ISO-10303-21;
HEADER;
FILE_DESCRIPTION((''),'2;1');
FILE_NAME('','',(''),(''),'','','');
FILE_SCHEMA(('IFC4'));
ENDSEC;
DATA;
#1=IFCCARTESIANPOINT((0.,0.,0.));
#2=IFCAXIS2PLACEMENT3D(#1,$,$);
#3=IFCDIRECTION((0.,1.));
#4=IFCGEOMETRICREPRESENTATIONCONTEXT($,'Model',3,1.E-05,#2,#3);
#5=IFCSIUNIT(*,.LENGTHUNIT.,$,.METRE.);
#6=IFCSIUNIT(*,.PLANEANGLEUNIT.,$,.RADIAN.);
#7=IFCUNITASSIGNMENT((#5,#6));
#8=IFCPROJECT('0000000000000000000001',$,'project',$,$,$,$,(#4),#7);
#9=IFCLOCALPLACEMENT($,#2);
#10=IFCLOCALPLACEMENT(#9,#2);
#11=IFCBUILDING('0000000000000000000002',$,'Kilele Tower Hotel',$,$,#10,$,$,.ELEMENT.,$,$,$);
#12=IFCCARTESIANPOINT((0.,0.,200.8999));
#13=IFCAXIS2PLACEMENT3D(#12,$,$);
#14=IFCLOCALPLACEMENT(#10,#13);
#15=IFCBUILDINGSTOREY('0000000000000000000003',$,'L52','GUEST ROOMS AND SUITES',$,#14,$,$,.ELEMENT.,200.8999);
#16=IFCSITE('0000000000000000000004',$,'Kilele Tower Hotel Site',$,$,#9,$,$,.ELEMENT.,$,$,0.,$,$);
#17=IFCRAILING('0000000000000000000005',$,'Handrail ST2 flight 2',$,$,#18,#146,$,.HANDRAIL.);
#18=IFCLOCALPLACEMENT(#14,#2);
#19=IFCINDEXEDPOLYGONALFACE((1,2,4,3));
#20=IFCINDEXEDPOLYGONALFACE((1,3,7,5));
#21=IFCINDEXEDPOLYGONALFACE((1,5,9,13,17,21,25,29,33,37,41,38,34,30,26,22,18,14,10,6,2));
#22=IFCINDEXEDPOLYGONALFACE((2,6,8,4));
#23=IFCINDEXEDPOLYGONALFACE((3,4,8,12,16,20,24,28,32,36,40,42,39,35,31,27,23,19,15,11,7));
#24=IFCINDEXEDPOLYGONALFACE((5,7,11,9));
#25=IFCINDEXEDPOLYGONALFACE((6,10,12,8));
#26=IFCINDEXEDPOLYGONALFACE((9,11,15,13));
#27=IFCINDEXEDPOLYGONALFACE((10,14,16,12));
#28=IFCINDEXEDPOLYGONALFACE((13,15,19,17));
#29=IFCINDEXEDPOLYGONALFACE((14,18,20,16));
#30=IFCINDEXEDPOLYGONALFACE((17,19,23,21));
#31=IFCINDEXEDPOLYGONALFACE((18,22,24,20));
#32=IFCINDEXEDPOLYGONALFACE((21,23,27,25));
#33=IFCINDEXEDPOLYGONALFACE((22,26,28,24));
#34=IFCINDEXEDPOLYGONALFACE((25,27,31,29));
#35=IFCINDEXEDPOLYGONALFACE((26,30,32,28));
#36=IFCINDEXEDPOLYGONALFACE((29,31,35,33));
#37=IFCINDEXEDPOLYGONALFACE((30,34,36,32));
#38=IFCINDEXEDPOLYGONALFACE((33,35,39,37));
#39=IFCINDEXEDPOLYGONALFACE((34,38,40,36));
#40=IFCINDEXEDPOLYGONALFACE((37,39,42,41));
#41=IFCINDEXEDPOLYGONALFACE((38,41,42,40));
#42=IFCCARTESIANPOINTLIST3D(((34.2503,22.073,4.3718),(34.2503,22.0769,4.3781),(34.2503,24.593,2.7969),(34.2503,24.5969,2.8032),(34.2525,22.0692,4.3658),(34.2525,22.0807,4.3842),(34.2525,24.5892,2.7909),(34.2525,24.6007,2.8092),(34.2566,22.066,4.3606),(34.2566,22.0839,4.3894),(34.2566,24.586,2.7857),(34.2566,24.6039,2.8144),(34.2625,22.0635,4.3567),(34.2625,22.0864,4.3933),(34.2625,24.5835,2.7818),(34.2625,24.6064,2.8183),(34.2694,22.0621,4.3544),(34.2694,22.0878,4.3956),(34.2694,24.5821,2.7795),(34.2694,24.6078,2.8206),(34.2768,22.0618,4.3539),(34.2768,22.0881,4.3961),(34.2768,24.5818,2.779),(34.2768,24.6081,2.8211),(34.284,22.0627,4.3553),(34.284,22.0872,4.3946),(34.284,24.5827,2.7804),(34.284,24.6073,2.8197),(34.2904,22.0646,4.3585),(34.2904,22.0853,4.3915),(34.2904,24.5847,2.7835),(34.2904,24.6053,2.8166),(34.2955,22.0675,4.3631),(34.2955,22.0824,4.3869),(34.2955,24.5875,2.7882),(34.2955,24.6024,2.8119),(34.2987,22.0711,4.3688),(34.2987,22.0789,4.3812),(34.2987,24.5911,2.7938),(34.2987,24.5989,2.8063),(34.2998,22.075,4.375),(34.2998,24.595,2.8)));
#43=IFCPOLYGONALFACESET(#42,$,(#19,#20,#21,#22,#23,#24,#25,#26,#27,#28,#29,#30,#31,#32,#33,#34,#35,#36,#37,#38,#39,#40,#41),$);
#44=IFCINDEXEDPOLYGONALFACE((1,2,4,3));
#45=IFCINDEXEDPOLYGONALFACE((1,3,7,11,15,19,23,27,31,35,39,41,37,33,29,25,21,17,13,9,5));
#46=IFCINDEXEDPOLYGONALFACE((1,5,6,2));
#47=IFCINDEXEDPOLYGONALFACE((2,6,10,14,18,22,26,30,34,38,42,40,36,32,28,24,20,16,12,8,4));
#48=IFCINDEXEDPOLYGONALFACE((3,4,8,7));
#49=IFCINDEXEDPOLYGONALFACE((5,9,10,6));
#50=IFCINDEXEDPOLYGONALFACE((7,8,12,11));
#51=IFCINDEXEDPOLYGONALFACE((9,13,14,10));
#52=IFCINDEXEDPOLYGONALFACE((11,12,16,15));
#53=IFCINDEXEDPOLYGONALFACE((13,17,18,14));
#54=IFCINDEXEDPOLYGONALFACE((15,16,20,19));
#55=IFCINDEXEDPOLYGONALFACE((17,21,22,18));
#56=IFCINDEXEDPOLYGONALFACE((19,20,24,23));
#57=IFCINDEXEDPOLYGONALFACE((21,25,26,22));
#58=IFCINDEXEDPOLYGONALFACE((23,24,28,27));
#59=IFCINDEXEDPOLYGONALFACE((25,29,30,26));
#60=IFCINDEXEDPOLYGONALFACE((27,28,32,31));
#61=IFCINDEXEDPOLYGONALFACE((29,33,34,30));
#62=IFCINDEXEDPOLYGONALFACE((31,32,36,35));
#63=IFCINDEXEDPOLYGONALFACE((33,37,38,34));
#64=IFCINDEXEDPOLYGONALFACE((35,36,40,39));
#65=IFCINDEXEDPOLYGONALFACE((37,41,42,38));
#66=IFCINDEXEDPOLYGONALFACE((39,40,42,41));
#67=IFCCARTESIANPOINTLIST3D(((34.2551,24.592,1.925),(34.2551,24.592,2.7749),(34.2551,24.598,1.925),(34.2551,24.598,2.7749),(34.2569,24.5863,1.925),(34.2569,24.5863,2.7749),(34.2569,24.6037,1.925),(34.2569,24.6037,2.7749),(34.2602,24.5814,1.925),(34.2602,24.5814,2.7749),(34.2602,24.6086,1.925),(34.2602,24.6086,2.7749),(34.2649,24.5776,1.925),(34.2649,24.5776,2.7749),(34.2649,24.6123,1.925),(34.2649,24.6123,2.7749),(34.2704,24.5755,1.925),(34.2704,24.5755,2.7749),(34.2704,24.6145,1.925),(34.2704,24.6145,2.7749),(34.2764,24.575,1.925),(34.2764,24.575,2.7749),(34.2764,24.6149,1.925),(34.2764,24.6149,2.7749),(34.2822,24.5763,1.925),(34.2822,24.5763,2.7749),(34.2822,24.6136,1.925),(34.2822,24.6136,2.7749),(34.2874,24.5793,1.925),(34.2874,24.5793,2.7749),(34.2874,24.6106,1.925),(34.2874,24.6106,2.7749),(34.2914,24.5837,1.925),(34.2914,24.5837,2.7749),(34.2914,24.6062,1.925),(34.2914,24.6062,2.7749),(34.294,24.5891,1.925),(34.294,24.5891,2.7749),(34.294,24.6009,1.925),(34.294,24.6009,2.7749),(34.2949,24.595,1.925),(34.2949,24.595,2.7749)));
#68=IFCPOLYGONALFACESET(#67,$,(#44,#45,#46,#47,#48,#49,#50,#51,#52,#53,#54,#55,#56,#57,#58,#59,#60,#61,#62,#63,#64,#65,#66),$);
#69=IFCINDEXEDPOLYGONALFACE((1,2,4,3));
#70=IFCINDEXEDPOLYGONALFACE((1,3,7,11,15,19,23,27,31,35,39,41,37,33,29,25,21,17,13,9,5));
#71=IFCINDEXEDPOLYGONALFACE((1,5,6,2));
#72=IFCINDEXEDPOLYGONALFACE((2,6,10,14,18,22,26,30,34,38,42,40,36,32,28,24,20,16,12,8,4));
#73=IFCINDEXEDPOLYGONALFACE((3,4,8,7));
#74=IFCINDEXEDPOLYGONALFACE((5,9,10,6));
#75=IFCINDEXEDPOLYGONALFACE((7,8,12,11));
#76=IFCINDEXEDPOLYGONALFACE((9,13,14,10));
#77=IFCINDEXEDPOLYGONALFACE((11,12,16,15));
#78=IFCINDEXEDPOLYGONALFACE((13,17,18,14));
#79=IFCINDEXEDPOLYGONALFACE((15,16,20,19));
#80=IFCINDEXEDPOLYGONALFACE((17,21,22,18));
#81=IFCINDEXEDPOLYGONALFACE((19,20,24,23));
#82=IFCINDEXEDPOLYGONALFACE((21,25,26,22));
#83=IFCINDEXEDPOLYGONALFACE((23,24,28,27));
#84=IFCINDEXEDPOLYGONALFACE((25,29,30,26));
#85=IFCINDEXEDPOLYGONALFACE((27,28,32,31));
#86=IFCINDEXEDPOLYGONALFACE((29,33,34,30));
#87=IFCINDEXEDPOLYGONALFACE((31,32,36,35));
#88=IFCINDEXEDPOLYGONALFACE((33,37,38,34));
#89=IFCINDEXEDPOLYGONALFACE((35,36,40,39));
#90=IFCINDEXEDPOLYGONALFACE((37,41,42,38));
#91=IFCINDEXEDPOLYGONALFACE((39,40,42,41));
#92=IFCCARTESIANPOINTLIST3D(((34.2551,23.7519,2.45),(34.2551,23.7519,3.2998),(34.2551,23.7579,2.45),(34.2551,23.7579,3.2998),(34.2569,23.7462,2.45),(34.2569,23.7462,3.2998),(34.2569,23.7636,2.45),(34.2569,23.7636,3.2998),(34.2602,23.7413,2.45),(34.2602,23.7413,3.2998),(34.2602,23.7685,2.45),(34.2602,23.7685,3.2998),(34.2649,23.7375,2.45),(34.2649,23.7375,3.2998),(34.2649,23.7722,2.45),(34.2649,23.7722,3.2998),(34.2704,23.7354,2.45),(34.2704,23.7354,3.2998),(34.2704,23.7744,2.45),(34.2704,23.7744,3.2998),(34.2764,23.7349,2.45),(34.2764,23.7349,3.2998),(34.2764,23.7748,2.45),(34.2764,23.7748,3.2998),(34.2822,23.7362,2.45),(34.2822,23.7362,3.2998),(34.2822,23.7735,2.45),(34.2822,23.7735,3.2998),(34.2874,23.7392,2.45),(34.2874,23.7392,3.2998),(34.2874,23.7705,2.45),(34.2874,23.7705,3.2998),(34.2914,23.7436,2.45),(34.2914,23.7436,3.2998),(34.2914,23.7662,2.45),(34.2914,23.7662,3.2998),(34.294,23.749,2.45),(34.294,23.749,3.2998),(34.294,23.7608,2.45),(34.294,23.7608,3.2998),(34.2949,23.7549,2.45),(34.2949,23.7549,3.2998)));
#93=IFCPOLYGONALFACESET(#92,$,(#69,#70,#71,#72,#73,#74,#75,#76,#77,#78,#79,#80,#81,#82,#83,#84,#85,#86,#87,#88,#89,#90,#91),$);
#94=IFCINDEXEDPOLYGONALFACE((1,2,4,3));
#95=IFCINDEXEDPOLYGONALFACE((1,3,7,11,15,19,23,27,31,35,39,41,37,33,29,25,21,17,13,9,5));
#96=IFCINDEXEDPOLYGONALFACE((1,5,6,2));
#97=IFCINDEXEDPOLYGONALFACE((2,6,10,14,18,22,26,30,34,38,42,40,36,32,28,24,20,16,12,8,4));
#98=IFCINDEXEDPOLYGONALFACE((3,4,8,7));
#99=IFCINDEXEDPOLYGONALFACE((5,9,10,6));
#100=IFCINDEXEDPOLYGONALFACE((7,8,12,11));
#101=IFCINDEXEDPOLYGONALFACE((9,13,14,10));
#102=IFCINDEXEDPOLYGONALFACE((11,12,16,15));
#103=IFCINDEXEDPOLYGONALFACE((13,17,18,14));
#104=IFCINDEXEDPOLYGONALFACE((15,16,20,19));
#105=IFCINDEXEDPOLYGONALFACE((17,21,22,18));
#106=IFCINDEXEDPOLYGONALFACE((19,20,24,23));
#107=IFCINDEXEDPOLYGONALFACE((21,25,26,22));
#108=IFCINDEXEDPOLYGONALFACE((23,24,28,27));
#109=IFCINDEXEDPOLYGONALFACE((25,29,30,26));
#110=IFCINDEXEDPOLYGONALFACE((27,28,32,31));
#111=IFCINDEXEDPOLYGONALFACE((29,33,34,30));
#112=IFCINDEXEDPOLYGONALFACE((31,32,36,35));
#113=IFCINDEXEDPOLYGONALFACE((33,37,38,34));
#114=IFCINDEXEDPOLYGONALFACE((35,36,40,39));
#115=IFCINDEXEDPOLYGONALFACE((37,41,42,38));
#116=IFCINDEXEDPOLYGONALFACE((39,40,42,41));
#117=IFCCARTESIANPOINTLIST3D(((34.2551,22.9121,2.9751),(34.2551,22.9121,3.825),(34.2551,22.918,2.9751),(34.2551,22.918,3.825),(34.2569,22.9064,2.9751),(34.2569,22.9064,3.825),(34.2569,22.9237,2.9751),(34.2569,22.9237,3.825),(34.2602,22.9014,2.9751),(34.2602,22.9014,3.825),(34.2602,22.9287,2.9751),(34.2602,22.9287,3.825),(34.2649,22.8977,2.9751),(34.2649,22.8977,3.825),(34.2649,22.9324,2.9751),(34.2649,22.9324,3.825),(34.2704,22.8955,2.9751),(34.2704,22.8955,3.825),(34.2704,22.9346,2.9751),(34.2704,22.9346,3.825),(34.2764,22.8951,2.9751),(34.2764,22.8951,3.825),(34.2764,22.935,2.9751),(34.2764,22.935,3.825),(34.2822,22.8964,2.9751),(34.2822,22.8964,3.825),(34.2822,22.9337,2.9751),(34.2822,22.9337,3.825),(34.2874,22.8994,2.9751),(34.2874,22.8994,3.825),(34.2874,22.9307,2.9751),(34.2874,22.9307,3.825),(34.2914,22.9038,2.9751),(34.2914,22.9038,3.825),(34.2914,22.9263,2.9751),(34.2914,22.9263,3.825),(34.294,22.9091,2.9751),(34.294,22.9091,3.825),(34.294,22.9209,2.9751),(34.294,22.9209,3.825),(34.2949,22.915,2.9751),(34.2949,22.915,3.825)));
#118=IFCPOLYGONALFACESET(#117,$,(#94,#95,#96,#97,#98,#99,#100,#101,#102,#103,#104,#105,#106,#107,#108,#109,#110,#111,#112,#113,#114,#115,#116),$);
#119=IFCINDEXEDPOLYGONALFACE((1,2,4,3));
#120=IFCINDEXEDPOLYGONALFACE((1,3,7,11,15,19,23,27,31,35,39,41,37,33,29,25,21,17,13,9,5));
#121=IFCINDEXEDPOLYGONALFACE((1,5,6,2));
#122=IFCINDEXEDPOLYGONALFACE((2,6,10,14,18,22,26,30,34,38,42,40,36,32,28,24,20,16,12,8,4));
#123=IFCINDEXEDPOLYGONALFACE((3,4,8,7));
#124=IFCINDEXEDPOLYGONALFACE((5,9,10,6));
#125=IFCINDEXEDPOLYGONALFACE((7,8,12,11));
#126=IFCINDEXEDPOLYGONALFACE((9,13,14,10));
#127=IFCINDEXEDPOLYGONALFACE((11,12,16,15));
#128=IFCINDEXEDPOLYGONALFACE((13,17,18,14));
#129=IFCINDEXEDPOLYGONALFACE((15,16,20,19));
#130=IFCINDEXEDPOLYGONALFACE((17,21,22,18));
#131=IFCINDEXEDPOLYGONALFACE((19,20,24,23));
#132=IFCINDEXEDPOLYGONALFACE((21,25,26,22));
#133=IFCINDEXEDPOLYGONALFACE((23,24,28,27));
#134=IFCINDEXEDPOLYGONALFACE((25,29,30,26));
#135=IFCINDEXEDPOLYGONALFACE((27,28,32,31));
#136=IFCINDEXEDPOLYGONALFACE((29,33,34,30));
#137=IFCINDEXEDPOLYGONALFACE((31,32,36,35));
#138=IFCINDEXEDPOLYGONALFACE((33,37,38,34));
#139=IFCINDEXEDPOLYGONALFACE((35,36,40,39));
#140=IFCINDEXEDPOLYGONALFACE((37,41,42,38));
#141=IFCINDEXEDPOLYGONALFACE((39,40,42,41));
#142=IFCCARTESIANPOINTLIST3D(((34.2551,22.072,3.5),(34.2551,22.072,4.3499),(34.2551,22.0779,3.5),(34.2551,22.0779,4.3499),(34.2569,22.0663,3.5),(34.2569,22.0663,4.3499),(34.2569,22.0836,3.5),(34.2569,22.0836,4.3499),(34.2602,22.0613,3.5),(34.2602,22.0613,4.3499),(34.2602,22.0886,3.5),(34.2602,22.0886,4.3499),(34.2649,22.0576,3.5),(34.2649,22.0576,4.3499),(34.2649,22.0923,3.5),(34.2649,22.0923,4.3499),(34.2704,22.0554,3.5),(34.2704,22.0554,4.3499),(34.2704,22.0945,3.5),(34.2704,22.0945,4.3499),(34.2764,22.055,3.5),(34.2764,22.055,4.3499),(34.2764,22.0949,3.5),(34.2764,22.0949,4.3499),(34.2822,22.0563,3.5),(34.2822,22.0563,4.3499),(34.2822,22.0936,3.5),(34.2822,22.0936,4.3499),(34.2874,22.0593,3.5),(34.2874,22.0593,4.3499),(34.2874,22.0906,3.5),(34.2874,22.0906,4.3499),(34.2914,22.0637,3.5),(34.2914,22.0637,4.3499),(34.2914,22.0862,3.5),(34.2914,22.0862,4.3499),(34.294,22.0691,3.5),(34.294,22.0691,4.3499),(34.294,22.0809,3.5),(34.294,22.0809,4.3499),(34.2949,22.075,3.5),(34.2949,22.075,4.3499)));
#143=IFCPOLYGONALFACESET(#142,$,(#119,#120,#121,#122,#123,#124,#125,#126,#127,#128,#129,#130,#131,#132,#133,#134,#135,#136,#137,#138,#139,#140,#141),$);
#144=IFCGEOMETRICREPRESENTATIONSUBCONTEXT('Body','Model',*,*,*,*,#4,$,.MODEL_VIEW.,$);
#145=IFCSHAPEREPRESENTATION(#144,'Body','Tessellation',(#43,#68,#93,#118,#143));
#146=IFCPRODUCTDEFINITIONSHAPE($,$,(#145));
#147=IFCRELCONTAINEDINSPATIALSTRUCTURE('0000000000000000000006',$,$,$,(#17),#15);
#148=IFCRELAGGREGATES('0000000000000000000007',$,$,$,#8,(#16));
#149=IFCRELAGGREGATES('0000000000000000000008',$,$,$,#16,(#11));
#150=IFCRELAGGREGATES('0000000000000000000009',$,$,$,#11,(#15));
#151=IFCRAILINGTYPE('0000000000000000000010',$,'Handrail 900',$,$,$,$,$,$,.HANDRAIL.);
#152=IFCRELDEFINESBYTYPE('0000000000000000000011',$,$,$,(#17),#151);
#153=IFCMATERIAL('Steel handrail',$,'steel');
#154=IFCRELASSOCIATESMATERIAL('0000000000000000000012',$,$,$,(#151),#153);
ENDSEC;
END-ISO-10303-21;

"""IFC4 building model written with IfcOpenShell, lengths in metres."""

from ifc_helpers import new_model, si_unit, direction, frame, origin, origin_2d, place, context, subcontext, project, spatial, circle, extrude, material, type_object, element, save


model = new_model("IFC4")

# Units and contexts
model_context = context("Model", 3, precision=1e-05, world=origin(), true_north=direction((0.0, 1.0)))
body_context = subcontext(model_context, "Body", "Model", "MODEL_VIEW")
ifc_project = project(units=[si_unit("LENGTHUNIT", "METRE"), si_unit("PLANEANGLEUNIT", "RADIAN")], contexts=[model_context])

# Site, building, storey
site_placement = place(None, origin())
site = spatial("IfcSite", under=ifc_project, at=site_placement, Name="Kilele Tower Hotel Site", CompositionType="ELEMENT", RefElevation=0.0)
building_placement = place(site_placement, origin())
building = spatial("IfcBuilding", under=site, at=building_placement, Name="Kilele Tower Hotel", CompositionType="ELEMENT")
storey_placement = place(building_placement, frame((0.0, 0.0, 200.8999)))
storey = spatial("IfcBuildingStorey", under=building, at=storey_placement, Name="L52", Description="GUEST ROOMS AND SUITES", CompositionType="ELEMENT", Elevation=200.8999)

# Railing
ifc_material_1 = material(Name="Steel handrail", Category="steel")
railing_type_1 = type_object("IfcRailingType", Name="Handrail 900", PredefinedType="HANDRAIL", material=ifc_material_1)
for number, where, name in (
    (1, (34.2749, 24.595, 1.925), "Handrail ST2 flight 2"),
):
    element("IfcRailing", number, at=place(storey_placement, frame(where)), inside=storey, type_object=railing_type_1, Name=name, PredefinedType="HANDRAIL", context=body_context, shape_type="SweptSolid", body=[
        extrude(circle(Radius=0.0249, at=origin_2d()), frame((0.0, 0.0, 0.875), z_axis=(0.0, -0.848008, 0.529984), x_axis=(1.0, 0.0, 0.0)), (0.0, 0.0, 1.0), 2.9717),
        extrude(circle(Radius=0.02, at=origin_2d()), origin(), (0.0, 0.0, 1.0), 0.8499),
        extrude(circle(Radius=0.02, at=origin_2d()), frame((0.0, -0.8401, 0.5249)), (0.0, 0.0, 1.0), 0.8499),
        extrude(circle(Radius=0.02, at=origin_2d()), frame((0.0, -1.6799, 1.05)), (0.0, 0.0, 1.0), 0.8499),
        extrude(circle(Radius=0.02, at=origin_2d()), frame((0.0, -2.52, 1.575)), (0.0, 0.0, 1.0), 0.8499),
    ])

save(model, "model.ifc")
